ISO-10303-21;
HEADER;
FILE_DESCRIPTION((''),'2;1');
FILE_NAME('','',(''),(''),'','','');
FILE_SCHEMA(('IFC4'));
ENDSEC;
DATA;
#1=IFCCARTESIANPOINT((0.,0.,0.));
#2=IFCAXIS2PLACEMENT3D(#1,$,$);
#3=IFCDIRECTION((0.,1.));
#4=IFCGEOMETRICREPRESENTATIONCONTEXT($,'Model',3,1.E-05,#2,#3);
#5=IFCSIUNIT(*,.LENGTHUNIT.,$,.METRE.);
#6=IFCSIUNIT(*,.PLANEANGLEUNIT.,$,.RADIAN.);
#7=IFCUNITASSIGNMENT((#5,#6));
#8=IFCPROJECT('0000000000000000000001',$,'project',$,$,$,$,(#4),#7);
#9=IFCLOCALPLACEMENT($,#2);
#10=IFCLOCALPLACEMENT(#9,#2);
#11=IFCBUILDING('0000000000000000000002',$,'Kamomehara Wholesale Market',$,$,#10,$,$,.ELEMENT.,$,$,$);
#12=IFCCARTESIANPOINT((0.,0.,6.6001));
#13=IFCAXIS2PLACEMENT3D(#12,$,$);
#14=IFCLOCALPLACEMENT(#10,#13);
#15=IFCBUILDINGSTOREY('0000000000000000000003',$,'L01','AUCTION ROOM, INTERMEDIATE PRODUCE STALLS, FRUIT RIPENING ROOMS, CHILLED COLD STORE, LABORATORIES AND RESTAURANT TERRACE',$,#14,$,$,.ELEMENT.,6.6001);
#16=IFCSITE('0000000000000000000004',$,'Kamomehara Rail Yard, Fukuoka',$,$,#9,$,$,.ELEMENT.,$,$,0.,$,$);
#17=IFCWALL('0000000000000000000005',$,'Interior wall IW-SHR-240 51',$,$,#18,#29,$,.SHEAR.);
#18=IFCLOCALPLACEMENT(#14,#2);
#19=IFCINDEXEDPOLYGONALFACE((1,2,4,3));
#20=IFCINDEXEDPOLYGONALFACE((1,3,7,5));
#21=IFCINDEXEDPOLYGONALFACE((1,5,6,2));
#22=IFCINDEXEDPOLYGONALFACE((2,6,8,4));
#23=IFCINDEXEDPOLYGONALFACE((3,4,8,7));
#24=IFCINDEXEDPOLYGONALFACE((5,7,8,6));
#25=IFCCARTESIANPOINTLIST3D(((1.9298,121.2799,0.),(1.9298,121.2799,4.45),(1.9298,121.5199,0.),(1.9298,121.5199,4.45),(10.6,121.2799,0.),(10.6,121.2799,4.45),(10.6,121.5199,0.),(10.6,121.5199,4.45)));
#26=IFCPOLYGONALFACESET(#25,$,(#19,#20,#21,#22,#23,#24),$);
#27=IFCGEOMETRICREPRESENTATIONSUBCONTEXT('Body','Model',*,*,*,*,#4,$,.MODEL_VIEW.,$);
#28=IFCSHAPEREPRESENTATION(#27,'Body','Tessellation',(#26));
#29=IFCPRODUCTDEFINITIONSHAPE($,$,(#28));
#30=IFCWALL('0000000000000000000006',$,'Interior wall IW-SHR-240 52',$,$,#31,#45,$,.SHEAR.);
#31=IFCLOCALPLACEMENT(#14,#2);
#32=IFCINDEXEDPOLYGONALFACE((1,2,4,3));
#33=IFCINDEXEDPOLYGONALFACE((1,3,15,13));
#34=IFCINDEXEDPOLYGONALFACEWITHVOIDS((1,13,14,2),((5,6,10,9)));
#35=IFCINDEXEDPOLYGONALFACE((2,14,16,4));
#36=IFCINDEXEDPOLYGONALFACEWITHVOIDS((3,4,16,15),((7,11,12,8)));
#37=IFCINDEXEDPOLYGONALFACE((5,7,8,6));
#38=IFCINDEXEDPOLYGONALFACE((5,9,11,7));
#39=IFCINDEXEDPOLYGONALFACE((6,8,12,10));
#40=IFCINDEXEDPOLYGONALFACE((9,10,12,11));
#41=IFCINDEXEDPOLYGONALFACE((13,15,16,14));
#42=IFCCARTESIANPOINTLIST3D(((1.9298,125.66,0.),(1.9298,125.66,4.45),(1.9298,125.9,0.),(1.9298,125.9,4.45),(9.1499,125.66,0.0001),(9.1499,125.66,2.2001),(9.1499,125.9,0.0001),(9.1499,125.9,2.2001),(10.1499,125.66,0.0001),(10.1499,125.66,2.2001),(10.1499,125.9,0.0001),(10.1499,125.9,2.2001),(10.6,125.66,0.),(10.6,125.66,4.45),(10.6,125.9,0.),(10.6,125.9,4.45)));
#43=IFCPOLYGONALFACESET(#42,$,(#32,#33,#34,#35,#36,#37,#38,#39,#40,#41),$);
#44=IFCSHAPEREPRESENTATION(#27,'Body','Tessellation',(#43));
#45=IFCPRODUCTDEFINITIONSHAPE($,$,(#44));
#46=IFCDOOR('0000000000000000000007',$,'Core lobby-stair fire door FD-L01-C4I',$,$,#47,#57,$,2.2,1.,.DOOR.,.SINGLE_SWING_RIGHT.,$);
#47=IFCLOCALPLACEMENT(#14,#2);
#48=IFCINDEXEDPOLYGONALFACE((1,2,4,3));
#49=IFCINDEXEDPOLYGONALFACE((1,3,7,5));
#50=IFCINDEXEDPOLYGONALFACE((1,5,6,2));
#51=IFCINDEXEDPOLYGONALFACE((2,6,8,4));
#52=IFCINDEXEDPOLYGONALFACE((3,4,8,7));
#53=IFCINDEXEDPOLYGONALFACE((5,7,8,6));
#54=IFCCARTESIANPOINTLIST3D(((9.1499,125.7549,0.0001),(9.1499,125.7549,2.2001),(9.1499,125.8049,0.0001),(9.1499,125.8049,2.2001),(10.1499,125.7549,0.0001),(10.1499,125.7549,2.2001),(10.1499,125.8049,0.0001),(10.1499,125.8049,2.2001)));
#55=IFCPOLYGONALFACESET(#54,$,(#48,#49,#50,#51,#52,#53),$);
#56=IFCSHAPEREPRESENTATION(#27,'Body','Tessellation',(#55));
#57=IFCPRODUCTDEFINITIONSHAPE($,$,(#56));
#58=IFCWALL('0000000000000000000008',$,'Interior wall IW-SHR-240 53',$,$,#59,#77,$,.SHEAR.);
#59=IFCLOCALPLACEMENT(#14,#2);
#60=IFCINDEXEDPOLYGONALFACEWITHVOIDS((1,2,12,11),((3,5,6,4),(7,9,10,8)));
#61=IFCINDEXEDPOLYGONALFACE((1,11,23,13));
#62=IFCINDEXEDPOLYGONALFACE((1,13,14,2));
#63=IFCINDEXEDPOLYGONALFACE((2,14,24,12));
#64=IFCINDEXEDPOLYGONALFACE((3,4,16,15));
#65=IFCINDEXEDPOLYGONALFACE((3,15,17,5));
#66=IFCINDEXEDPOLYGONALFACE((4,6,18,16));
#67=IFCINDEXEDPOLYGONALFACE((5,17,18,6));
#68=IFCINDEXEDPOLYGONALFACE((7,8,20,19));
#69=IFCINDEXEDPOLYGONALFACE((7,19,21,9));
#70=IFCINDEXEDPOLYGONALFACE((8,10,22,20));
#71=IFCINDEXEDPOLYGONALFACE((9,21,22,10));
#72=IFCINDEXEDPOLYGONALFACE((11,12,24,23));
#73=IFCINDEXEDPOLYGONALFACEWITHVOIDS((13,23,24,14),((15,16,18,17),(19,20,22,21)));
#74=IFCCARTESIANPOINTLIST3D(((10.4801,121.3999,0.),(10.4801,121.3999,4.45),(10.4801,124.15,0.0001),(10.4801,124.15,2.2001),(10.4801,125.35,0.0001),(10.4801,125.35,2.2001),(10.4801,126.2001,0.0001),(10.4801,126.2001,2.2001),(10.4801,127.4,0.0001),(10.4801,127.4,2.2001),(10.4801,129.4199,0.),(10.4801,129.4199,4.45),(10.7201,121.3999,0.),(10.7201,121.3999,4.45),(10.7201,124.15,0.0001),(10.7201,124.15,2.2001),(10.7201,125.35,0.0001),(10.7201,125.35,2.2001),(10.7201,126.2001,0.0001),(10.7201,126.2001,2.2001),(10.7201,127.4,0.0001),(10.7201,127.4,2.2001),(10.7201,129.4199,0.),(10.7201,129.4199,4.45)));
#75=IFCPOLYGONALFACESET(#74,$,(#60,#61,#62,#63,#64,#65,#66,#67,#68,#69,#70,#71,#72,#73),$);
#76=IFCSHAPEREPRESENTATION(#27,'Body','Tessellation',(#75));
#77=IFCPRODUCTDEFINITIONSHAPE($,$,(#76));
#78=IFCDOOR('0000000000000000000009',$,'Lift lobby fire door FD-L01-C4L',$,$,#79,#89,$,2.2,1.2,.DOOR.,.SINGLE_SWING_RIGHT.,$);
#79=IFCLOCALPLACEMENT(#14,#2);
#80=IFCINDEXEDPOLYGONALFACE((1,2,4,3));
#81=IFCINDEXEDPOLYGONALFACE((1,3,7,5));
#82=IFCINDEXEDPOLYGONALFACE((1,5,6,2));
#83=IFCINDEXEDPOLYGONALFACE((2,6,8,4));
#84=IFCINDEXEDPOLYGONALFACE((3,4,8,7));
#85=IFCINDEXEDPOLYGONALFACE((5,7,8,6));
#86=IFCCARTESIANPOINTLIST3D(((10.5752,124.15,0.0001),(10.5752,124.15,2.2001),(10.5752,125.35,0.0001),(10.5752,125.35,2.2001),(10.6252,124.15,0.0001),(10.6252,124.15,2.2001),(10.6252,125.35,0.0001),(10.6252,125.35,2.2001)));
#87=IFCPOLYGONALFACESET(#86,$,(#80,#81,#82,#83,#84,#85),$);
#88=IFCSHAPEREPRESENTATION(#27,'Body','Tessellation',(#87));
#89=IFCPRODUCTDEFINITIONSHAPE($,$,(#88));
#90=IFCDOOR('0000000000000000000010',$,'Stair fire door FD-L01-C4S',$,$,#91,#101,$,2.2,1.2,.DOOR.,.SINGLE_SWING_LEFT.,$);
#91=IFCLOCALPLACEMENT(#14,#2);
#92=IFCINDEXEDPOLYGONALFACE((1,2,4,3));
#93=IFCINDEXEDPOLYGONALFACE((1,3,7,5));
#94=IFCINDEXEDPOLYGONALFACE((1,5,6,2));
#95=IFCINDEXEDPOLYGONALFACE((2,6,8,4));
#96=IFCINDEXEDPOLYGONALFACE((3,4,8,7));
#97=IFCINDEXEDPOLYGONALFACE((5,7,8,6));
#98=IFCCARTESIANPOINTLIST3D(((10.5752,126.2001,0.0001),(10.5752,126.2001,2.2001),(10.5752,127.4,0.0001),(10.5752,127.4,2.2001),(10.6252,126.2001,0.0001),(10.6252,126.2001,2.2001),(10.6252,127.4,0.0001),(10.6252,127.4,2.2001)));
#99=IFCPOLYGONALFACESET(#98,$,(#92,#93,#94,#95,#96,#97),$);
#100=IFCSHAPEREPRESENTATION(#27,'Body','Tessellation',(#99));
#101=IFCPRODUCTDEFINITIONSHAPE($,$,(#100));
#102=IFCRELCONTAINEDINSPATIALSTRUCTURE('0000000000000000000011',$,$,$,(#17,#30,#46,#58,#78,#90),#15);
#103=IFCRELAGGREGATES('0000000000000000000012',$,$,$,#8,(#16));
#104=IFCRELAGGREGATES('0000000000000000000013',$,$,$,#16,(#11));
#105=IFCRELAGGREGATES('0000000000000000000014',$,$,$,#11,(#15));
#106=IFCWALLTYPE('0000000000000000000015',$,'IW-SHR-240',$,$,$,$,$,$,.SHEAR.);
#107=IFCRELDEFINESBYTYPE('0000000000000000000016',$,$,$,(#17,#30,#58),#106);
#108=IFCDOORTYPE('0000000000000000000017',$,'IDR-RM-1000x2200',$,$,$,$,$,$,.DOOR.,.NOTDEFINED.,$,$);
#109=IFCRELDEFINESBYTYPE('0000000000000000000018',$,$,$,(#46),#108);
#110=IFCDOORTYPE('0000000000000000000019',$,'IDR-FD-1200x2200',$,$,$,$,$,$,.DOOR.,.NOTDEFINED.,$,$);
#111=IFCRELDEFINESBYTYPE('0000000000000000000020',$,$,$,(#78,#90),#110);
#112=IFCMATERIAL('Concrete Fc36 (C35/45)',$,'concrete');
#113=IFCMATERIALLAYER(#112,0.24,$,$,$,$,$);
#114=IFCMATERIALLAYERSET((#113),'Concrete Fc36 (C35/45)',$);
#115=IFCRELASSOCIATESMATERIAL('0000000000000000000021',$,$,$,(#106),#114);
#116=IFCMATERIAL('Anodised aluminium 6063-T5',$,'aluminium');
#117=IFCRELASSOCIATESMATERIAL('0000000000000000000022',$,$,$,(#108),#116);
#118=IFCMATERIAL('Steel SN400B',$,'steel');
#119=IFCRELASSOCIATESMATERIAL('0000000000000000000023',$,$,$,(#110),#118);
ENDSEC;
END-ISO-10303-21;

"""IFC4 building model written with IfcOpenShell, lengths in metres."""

from ifc_helpers import new_model, si_unit, direction, frame, frame_2d, origin, place, context, subcontext, project, spatial, rectangle, extrude, material, layer, layer_set, type_object, element, fill, save


model = new_model("IFC4")

# Units and contexts
model_context = context("Model", 3, precision=1e-05, world=origin(), true_north=direction((0.0, 1.0)))
body_context = subcontext(model_context, "Body", "Model", "MODEL_VIEW")
ifc_project = project(units=[si_unit("LENGTHUNIT", "METRE"), si_unit("PLANEANGLEUNIT", "RADIAN")], contexts=[model_context])

# Site, building, storey
site_placement = place(None, origin())
site = spatial("IfcSite", under=ifc_project, at=site_placement, Name="Kamomehara Rail Yard, Fukuoka", CompositionType="ELEMENT", RefElevation=0.0)
building_placement = place(site_placement, origin())
building = spatial("IfcBuilding", under=site, at=building_placement, Name="Kamomehara Wholesale Market", CompositionType="ELEMENT")
storey_placement = place(building_placement, frame((0.0, 0.0, 6.6001)))
storey = spatial("IfcBuildingStorey", under=building, at=storey_placement, Name="L01", Description="AUCTION ROOM, INTERMEDIATE PRODUCE STALLS, FRUIT RIPENING ROOMS, CHILLED COLD STORE, LABORATORIES AND RESTAURANT TERRACE", CompositionType="ELEMENT", Elevation=6.6001)

# Wall
ifc_material_1 = material(Name="Concrete Fc36 (C35/45)", Category="concrete")
ifc_layer_1 = layer(ifc_material_1, 0.24)
ifc_layer_set_1 = layer_set([ifc_layer_1], Name="Concrete Fc36 (C35/45)")
wall_type_1 = type_object("IfcWallType", Name="IW-SHR-240", PredefinedType="SHEAR", material=ifc_layer_set_1)
wall_1_placement = place(storey_placement, frame((1.9299, 121.3999, 0.0), z_axis=(0.0, 0.0, 1.0), x_axis=(1.0, 0.0, 0.0)))
element("IfcWall", 1, at=wall_1_placement, inside=storey, type_object=wall_type_1, Name="Interior wall IW-SHR-240 51", PredefinedType="SHEAR", context=body_context, shape_type="SweptSolid", body=[
    extrude(rectangle(XDim=8.6702, YDim=0.24, at=frame_2d((4.335, 0.0))), origin(), (0.0, 0.0, 1.0), 4.45),
])

# Wall, opening, door
wall_2_placement = place(storey_placement, frame((1.9299, 125.78, 0.0), z_axis=(0.0, 0.0, 1.0), x_axis=(1.0, 0.0, 0.0)))
wall_2 = element("IfcWall", 2, at=wall_2_placement, inside=storey, type_object=wall_type_1, Name="Interior wall IW-SHR-240 52", PredefinedType="SHEAR", context=body_context, shape_type="SweptSolid", body=[
    extrude(rectangle(XDim=8.6702, YDim=0.24, at=frame_2d((4.335, 0.0))), origin(), (0.0, 0.0, 1.0), 4.45),
])
opening_1_placement = place(wall_2_placement, frame((7.22, 0.0, 0.0)))
opening_1 = element("IfcOpeningElement", 3, at=opening_1_placement, cuts=wall_2, PredefinedType="OPENING", context=body_context, shape_type="SweptSolid", body=[
    extrude(rectangle(XDim=1.0, YDim=2.2, at=frame_2d((0.5, 1.1001))), frame((0.0, 0.1348, 0.0), z_axis=(0.0, -1.0, 0.0), x_axis=(1.0, 0.0, 0.0)), (0.0, 0.0, 1.0), 0.2698),
])
ifc_material_2 = material(Name="Anodised aluminium 6063-T5", Category="aluminium")
door_type_1 = type_object("IfcDoorType", Name="IDR-RM-1000x2200", OperationType="NOTDEFINED", PredefinedType="DOOR", material=ifc_material_2)
door_1_placement = place(opening_1_placement, origin())
door_1 = element("IfcDoor", 4, at=door_1_placement, inside=storey, type_object=door_type_1, Name="Core lobby-stair fire door FD-L01-C4I", OperationType="SINGLE_SWING_RIGHT", OverallHeight=2.2, OverallWidth=1.0, PredefinedType="DOOR", context=body_context, shape_type="SweptSolid", body=[
    extrude(rectangle(XDim=1.0, YDim=2.2, at=frame_2d((0.5, 1.1001))), frame((0.0, 0.0249, 0.0), z_axis=(0.0, -1.0, 0.0), x_axis=(1.0, 0.0, 0.0)), (0.0, 0.0, 1.0), 0.05),
])
fill(opening_1, door_1)

# Wall, openings, doors
wall_3_placement = place(storey_placement, frame((10.6001, 121.3999, 0.0), z_axis=(0.0, 0.0, 1.0), x_axis=(0.0, 1.0, 0.0)))
wall_3 = element("IfcWall", 5, at=wall_3_placement, inside=storey, type_object=wall_type_1, Name="Interior wall IW-SHR-240 53", PredefinedType="SHEAR", context=body_context, shape_type="SweptSolid", body=[
    extrude(rectangle(XDim=8.02, YDim=0.24, at=frame_2d((4.01, 0.0))), origin(), (0.0, 0.0, 1.0), 4.45),
])
opening_2_placement = place(wall_3_placement, frame((2.75, 0.0, 0.0)))
opening_2 = element("IfcOpeningElement", 6, at=opening_2_placement, cuts=wall_3, PredefinedType="OPENING", context=body_context, shape_type="SweptSolid", body=[
    extrude(rectangle(XDim=1.2, YDim=2.2, at=frame_2d((0.6001, 1.1001))), frame((0.0, 0.1348, 0.0), z_axis=(0.0, -1.0, 0.0), x_axis=(1.0, 0.0, 0.0)), (0.0, 0.0, 1.0), 0.2698),
])
opening_3_placement = place(wall_3_placement, frame((4.8, 0.0, 0.0)))
opening_3 = element("IfcOpeningElement", 7, at=opening_3_placement, cuts=wall_3, PredefinedType="OPENING", context=body_context, shape_type="SweptSolid", body=[
    extrude(rectangle(XDim=1.2, YDim=2.2, at=frame_2d((0.6001, 1.1001))), frame((0.0, 0.1348, 0.0), z_axis=(0.0, -1.0, 0.0), x_axis=(1.0, 0.0, 0.0)), (0.0, 0.0, 1.0), 0.2698),
])
ifc_material_3 = material(Name="Steel SN400B", Category="steel")
door_type_2 = type_object("IfcDoorType", Name="IDR-FD-1200x2200", OperationType="NOTDEFINED", PredefinedType="DOOR", material=ifc_material_3)
door_2_placement = place(opening_2_placement, origin())
door_2 = element("IfcDoor", 8, at=door_2_placement, inside=storey, type_object=door_type_2, Name="Lift lobby fire door FD-L01-C4L", OperationType="SINGLE_SWING_RIGHT", OverallHeight=2.2, OverallWidth=1.2, PredefinedType="DOOR", context=body_context, shape_type="SweptSolid", body=[
    extrude(rectangle(XDim=1.2, YDim=2.2, at=frame_2d((0.6001, 1.1001))), frame((0.0, 0.0249, 0.0), z_axis=(0.0, -1.0, 0.0), x_axis=(1.0, 0.0, 0.0)), (0.0, 0.0, 1.0), 0.05),
])
fill(opening_2, door_2)
door_3_placement = place(opening_3_placement, origin())
door_3 = element("IfcDoor", 9, at=door_3_placement, inside=storey, type_object=door_type_2, Name="Stair fire door FD-L01-C4S", OperationType="SINGLE_SWING_LEFT", OverallHeight=2.2, OverallWidth=1.2, PredefinedType="DOOR", context=body_context, shape_type="SweptSolid", body=[
    extrude(rectangle(XDim=1.2, YDim=2.2, at=frame_2d((0.6001, 1.1001))), frame((0.0, 0.0249, 0.0), z_axis=(0.0, -1.0, 0.0), x_axis=(1.0, 0.0, 0.0)), (0.0, 0.0, 1.0), 0.05),
])
fill(opening_3, door_3)

save(model, "model.ifc")
